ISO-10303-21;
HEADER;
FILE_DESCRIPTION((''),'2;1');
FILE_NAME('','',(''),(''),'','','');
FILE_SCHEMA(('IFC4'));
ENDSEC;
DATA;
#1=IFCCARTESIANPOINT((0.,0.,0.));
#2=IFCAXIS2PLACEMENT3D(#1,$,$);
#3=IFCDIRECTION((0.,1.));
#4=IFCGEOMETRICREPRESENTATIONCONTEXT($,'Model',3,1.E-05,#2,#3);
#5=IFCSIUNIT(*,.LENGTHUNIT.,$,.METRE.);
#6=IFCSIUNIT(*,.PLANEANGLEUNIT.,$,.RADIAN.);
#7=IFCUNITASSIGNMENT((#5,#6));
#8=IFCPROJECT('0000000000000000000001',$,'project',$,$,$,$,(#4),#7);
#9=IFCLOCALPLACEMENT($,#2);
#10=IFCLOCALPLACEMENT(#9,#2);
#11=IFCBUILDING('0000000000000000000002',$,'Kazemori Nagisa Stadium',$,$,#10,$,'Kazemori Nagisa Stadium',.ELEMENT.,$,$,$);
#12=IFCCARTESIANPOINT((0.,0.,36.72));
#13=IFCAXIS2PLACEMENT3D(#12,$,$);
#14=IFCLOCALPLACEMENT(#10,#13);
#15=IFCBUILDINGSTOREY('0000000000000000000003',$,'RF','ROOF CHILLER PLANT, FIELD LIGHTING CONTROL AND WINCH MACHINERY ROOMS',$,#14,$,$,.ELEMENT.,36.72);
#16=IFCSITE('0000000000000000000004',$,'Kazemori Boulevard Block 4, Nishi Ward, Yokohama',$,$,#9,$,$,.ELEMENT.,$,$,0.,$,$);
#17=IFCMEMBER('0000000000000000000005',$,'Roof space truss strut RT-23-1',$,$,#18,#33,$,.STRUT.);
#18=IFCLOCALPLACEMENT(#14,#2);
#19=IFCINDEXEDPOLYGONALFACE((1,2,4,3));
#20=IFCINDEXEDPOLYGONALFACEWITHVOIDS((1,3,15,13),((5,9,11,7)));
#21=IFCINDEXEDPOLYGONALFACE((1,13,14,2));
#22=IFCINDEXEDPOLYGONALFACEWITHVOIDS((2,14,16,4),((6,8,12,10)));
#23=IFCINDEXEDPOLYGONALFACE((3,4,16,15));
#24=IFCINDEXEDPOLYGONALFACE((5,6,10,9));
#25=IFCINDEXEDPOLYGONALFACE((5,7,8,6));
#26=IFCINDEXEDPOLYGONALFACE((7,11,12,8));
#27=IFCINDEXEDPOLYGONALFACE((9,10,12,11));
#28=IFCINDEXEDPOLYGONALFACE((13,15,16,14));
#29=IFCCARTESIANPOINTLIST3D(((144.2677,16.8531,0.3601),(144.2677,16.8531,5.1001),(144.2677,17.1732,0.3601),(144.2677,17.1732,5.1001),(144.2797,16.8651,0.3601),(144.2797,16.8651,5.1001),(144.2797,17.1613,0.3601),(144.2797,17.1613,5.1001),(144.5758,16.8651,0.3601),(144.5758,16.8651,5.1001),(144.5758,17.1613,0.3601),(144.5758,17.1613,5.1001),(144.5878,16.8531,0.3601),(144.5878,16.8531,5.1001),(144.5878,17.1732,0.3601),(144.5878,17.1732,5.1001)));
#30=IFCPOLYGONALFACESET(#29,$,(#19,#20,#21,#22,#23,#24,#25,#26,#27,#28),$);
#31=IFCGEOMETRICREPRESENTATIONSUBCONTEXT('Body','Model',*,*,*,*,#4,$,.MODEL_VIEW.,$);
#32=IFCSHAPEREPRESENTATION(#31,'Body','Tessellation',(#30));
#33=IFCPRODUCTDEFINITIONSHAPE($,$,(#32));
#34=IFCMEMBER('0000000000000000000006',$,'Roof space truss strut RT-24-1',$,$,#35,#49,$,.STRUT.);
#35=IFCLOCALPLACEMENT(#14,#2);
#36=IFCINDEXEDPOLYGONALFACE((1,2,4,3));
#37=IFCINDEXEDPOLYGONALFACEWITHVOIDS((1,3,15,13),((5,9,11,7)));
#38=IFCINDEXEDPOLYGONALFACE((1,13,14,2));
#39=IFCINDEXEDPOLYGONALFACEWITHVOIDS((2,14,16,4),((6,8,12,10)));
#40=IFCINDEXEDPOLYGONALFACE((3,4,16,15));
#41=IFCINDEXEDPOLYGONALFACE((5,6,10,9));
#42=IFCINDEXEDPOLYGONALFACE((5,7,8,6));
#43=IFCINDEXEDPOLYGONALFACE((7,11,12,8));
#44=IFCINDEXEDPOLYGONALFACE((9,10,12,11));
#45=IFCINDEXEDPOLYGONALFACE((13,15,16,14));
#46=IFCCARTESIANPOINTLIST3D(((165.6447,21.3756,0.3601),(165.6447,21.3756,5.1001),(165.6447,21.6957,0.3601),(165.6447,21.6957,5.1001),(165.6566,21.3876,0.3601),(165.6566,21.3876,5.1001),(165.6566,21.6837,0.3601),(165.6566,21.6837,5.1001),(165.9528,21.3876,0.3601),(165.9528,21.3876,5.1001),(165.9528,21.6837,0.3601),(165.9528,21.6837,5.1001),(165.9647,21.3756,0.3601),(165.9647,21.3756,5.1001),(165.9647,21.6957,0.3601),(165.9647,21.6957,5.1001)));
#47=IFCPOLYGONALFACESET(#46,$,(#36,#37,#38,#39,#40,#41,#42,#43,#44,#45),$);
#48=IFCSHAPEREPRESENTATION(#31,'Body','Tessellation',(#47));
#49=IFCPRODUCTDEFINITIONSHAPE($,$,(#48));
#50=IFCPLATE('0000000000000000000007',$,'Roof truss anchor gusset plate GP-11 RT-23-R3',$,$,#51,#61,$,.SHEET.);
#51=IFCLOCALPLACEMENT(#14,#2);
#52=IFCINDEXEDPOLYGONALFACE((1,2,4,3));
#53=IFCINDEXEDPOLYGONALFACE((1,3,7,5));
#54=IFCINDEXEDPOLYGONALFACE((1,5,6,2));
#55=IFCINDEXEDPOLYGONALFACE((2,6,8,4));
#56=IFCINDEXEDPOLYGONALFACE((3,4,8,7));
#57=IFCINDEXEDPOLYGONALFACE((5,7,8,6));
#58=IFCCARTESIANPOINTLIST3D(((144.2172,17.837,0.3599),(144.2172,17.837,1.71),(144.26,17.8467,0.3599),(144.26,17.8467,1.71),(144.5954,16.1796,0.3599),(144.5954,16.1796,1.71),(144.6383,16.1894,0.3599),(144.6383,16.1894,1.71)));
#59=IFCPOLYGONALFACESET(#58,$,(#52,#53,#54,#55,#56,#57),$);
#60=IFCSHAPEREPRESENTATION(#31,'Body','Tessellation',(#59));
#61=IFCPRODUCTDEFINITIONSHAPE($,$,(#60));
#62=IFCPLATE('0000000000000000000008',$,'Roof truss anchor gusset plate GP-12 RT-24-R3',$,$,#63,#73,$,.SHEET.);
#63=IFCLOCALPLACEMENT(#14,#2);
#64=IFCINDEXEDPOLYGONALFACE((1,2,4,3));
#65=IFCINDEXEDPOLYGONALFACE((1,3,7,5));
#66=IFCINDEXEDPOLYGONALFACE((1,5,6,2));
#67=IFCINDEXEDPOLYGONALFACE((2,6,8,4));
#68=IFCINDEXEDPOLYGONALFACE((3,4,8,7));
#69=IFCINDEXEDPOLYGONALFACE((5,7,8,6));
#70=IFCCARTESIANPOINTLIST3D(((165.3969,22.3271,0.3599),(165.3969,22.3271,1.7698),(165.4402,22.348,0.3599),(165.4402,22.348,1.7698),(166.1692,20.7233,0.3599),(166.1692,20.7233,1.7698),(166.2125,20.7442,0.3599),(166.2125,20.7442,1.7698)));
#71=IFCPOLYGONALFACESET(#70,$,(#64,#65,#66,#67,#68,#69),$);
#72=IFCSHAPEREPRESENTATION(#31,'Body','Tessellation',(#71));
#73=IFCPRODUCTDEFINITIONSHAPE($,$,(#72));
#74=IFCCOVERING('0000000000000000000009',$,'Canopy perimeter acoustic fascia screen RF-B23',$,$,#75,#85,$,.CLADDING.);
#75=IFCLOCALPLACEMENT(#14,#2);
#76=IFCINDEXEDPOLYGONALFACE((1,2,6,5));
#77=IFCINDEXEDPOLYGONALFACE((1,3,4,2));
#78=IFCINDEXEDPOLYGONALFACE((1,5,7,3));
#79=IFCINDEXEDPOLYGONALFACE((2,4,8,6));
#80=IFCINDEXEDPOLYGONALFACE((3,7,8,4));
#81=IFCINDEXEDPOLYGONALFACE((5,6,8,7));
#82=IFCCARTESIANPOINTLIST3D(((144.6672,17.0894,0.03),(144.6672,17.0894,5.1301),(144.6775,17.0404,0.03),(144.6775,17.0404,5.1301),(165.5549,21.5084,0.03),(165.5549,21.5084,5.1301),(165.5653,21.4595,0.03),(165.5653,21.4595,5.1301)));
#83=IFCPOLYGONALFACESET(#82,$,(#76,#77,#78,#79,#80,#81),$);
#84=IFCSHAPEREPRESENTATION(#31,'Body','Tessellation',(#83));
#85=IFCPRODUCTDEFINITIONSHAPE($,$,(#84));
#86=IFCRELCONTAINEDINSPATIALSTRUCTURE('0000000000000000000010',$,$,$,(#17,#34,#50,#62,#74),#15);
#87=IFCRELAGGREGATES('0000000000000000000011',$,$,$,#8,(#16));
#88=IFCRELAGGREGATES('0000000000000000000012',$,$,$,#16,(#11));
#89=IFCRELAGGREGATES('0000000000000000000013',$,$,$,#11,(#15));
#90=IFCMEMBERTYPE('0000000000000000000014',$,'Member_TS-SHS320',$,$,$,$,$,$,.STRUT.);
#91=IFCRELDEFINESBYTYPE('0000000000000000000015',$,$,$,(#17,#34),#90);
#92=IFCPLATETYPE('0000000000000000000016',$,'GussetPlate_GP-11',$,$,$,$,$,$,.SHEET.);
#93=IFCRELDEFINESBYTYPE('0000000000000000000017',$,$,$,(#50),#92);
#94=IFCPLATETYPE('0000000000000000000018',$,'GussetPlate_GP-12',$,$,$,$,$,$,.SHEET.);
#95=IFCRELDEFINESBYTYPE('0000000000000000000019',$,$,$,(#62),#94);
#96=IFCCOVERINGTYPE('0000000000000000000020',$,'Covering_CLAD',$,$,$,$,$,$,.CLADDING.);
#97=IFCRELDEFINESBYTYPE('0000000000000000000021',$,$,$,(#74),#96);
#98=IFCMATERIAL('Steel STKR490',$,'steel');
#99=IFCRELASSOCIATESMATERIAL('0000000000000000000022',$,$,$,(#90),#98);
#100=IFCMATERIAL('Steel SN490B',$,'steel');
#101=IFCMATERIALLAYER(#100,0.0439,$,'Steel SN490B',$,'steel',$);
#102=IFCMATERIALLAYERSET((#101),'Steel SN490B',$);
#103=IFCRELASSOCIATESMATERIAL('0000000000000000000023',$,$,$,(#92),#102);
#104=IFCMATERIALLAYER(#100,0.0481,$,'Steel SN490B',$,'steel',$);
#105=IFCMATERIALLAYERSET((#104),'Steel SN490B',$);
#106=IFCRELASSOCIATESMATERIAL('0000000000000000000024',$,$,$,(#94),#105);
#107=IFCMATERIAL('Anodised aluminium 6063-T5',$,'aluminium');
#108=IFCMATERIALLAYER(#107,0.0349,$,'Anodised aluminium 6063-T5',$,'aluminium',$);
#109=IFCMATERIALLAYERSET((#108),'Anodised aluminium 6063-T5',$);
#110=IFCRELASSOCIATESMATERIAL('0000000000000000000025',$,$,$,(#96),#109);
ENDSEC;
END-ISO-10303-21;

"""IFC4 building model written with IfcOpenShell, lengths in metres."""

from ifc_helpers import new_model, si_unit, direction, frame, origin, origin_2d, place, context, subcontext, project, spatial, rectangle, hollow_rectangle, extrude, material, layer, layer_set, material_profile, profile_set, type_object, element, save


model = new_model("IFC4")

# Units and contexts
model_context = context("Model", 3, precision=1e-05, world=origin(), true_north=direction((0.0, 1.0)))
body_context = subcontext(model_context, "Body", "Model", "MODEL_VIEW")
ifc_project = project(units=[si_unit("LENGTHUNIT", "METRE"), si_unit("PLANEANGLEUNIT", "RADIAN")], contexts=[model_context])

# Site, building, storey
site_placement = place(None, origin())
site = spatial("IfcSite", under=ifc_project, at=site_placement, Name="Kazemori Boulevard Block 4, Nishi Ward, Yokohama", CompositionType="ELEMENT", RefElevation=0.0)
building_placement = place(site_placement, origin())
building = spatial("IfcBuilding", under=site, at=building_placement, Name="Kazemori Nagisa Stadium", LongName="Kazemori Nagisa Stadium", CompositionType="ELEMENT")
storey_placement = place(building_placement, frame((0.0, 0.0, 36.72)))
storey = spatial("IfcBuildingStorey", under=building, at=storey_placement, Name="RF", Description="ROOF CHILLER PLANT, FIELD LIGHTING CONTROL AND WINCH MACHINERY ROOMS", CompositionType="ELEMENT", Elevation=36.72)

# Shared definitions
ifc_material_1 = material(Name="Steel SN490B", Category="steel")

# Members
ifc_material_2 = material(Name="Steel STKR490", Category="steel")
ifc_material_profile_1 = material_profile(ifc_material_2, hollow_rectangle(XDim=0.3201, YDim=0.3201, WallThickness=0.012, at=origin_2d()), Name="SHS-320x320x12")
ifc_profile_set_1 = profile_set([ifc_material_profile_1], Name="Steel STKR490")
member_type_1 = type_object("IfcMemberType", Name="Member_TS-SHS320", PredefinedType="STRUT", material=ifc_profile_set_1)
for number, where, z_axis, x_axis, name in (
    (1, (144.4277, 17.0132, 0.3601), (0.0, 0.0, 1.0), (1.0, 0.0, 0.0), "Roof space truss strut RT-23-1"),
    (2, (165.8047, 21.5356, 0.3601), (0.0, 0.0, 1.0), (1.0, 0.0, 0.0), "Roof space truss strut RT-24-1"),
):
    element("IfcMember", number, at=place(storey_placement, frame(where, z_axis=z_axis, x_axis=x_axis)), inside=storey, type_object=member_type_1, Name=name, PredefinedType="STRUT", context=body_context, shape_type="SweptSolid", body=[
        extrude(hollow_rectangle(XDim=0.3201, YDim=0.3201, WallThickness=0.012, at=origin_2d()), origin(), (0.0, 0.0, 1.0), 4.74),
    ])

# Plates
ifc_layer_1 = layer(ifc_material_1, 0.0439, Name="Steel SN490B", Category="steel")
ifc_layer_set_1 = layer_set([ifc_layer_1], Name="Steel SN490B")
plate_type_1 = type_object("IfcPlateType", Name="GussetPlate_GP-11", PredefinedType="SHEET", material=ifc_layer_set_1)
plate_1_placement = place(storey_placement, frame((144.4277, 17.0132, 0.3599), z_axis=(0.0, 0.0, 1.0), x_axis=(0.222521, -0.974928, 0.0)))
element("IfcPlate", 3, at=plate_1_placement, inside=storey, type_object=plate_type_1, Name="Roof truss anchor gusset plate GP-11 RT-23-R3", PredefinedType="SHEET", context=body_context, shape_type="SweptSolid", body=[
    extrude(rectangle(XDim=1.7, YDim=0.0439, at=origin_2d()), origin(), (0.0, 0.0, 1.0), 1.3501),
])
ifc_layer_2 = layer(ifc_material_1, 0.0481, Name="Steel SN490B", Category="steel")
ifc_layer_set_2 = layer_set([ifc_layer_2], Name="Steel SN490B")
plate_type_2 = type_object("IfcPlateType", Name="GussetPlate_GP-12", PredefinedType="SHEET", material=ifc_layer_set_2)
plate_2_placement = place(storey_placement, frame((165.8047, 21.5356, 0.3599), z_axis=(0.0, 0.0, 1.0), x_axis=(0.433884, -0.900969, 0.0)))
element("IfcPlate", 4, at=plate_2_placement, inside=storey, type_object=plate_type_2, Name="Roof truss anchor gusset plate GP-12 RT-24-R3", PredefinedType="SHEET", context=body_context, shape_type="SweptSolid", body=[
    extrude(rectangle(XDim=1.78, YDim=0.0481, at=origin_2d()), origin(), (0.0, 0.0, 1.0), 1.4099),
])

# Covering
ifc_material_3 = material(Name="Anodised aluminium 6063-T5", Category="aluminium")
ifc_layer_3 = layer(ifc_material_3, 0.0349, Name="Anodised aluminium 6063-T5", Category="aluminium")
ifc_layer_set_3 = layer_set([ifc_layer_3], Name="Anodised aluminium 6063-T5")
covering_type = type_object("IfcCoveringType", Name="Covering_CLAD", PredefinedType="CLADDING", material=ifc_layer_set_3)
covering_placement = place(storey_placement, frame((155.1162, 19.2744, 0.03), z_axis=(0.0, 0.0, 1.0), x_axis=(0.978345, 0.206981, 0.0)))
element("IfcCovering", 5, at=covering_placement, inside=storey, type_object=covering_type, Name="Canopy perimeter acoustic fascia screen RF-B23", PredefinedType="CLADDING", context=body_context, shape_type="SweptSolid", body=[
    extrude(rectangle(XDim=21.3501, YDim=0.05, at=origin_2d()), origin(), (0.0, 0.0, 1.0), 5.1001),
])

save(model, "model.ifc")
